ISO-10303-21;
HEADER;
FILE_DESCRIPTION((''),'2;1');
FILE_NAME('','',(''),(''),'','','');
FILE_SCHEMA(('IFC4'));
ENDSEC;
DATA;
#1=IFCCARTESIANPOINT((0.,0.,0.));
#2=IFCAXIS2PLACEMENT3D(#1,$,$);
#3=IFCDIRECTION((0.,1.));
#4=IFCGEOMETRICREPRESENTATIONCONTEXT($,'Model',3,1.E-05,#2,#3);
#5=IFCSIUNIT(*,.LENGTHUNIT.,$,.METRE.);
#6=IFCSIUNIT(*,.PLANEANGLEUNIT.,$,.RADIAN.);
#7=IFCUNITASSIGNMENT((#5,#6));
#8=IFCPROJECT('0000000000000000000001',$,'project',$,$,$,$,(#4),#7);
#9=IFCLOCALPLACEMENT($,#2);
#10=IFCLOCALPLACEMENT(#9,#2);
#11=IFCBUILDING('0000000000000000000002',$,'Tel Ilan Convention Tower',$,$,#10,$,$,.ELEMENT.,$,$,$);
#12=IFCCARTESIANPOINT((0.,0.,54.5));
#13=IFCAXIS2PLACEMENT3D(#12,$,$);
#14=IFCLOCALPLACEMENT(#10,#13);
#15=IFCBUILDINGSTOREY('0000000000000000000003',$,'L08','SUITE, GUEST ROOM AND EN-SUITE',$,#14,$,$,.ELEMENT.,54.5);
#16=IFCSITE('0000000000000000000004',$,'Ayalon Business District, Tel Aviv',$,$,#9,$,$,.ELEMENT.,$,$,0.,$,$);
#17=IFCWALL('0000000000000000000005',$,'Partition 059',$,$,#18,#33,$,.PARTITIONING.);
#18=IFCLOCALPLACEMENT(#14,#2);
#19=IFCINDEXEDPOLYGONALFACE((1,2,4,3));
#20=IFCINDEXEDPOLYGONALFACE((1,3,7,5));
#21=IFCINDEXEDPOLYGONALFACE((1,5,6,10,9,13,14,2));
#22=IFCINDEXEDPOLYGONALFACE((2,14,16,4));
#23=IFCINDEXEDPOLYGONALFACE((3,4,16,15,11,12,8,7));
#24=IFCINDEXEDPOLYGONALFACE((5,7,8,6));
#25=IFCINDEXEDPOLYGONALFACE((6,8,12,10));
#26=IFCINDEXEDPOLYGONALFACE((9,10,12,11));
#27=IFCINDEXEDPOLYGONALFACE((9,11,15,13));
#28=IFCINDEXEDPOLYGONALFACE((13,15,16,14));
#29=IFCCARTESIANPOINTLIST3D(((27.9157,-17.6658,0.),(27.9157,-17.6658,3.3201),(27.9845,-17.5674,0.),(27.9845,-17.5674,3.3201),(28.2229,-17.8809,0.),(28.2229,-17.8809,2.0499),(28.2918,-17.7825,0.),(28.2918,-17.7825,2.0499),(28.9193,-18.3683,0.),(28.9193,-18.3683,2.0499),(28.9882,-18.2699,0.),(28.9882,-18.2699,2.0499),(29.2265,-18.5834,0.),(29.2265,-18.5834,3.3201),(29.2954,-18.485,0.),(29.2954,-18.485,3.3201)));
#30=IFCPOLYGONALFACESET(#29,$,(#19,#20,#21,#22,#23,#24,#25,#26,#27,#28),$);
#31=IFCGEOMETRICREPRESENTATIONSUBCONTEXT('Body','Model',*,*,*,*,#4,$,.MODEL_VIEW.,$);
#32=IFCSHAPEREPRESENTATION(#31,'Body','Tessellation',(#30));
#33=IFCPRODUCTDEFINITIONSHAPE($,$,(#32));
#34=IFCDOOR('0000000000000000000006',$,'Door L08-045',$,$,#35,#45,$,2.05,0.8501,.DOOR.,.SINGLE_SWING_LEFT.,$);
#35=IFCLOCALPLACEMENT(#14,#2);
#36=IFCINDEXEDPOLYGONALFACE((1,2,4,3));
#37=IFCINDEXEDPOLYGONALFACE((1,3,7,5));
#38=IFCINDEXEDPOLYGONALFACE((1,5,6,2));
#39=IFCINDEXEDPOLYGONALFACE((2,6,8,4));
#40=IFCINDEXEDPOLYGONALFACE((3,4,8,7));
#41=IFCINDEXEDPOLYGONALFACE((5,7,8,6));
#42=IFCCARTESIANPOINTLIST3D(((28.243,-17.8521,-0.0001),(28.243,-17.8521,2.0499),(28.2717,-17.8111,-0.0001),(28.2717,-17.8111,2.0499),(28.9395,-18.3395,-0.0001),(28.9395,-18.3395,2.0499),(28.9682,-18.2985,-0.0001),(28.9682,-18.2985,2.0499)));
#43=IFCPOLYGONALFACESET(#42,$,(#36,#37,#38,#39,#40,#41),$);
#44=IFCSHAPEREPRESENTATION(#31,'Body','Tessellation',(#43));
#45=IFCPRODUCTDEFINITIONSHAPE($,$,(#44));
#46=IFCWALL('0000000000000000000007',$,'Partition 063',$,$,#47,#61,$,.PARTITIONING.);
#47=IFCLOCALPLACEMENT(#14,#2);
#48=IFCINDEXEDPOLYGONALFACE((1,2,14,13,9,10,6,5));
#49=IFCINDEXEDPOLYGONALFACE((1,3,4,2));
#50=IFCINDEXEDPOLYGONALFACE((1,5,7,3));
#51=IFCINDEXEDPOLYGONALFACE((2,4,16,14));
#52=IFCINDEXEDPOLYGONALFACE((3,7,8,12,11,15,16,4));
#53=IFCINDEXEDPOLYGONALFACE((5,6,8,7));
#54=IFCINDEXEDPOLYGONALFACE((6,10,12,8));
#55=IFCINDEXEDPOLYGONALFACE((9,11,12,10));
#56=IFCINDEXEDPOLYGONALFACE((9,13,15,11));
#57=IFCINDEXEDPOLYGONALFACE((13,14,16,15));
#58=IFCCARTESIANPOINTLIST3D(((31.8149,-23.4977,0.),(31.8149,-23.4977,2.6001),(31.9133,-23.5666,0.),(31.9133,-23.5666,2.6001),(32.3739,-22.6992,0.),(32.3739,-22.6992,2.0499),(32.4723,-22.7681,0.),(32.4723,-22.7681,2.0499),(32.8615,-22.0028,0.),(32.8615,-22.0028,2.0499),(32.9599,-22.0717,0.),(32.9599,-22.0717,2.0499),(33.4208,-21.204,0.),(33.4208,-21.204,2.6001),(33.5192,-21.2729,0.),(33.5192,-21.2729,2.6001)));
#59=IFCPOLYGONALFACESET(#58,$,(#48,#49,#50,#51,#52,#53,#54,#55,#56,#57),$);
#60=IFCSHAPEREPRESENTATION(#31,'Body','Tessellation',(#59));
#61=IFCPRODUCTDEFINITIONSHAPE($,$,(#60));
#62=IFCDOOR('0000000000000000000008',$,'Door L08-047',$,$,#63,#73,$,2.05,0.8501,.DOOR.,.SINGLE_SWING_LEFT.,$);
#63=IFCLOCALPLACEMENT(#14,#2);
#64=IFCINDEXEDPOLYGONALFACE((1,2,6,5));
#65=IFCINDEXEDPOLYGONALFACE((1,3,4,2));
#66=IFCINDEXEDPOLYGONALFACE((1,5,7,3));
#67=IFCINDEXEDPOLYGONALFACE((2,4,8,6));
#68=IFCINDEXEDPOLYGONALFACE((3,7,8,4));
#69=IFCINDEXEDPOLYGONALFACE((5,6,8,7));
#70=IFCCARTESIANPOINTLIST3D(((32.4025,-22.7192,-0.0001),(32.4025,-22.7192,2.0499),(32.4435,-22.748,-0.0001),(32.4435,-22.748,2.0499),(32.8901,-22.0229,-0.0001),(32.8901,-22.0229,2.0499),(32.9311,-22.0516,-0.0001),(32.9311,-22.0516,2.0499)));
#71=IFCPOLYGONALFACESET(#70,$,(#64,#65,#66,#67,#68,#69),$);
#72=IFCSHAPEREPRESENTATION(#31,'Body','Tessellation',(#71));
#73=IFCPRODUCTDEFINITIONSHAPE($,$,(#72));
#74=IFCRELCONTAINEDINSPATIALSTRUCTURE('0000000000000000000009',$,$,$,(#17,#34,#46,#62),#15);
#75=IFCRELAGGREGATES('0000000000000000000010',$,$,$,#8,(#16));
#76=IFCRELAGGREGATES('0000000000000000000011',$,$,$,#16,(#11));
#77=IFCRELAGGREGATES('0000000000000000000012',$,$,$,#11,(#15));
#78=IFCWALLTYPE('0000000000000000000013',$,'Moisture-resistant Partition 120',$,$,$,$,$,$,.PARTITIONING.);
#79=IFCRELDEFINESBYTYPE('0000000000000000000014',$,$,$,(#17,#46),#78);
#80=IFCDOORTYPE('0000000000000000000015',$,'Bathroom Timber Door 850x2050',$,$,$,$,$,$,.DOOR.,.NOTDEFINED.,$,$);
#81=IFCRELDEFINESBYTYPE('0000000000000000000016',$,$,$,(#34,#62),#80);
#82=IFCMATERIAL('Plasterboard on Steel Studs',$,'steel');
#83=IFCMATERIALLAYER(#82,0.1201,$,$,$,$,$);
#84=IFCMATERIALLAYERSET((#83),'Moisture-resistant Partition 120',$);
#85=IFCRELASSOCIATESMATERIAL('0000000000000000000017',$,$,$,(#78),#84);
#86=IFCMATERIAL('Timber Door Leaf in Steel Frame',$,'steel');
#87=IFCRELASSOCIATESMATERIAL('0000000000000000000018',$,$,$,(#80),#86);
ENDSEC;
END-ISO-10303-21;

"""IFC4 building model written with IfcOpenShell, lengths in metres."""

from ifc_helpers import new_model, si_unit, direction, frame, frame_2d, origin, place, context, subcontext, project, spatial, rectangle, extrude, material, layer, layer_set, type_object, element, fill, save


model = new_model("IFC4")

# Units and contexts
model_context = context("Model", 3, precision=1e-05, world=origin(), true_north=direction((0.0, 1.0)))
body_context = subcontext(model_context, "Body", "Model", "MODEL_VIEW")
ifc_project = project(units=[si_unit("LENGTHUNIT", "METRE"), si_unit("PLANEANGLEUNIT", "RADIAN")], contexts=[model_context])

# Site, building, storey
site_placement = place(None, origin())
site = spatial("IfcSite", under=ifc_project, at=site_placement, Name="Ayalon Business District, Tel Aviv", CompositionType="ELEMENT", RefElevation=0.0)
building_placement = place(site_placement, origin())
building = spatial("IfcBuilding", under=site, at=building_placement, Name="Tel Ilan Convention Tower", CompositionType="ELEMENT")
storey_placement = place(building_placement, frame((0.0, 0.0, 54.5)))
storey = spatial("IfcBuildingStorey", under=building, at=storey_placement, Name="L08", Description="SUITE, GUEST ROOM AND EN-SUITE", CompositionType="ELEMENT", Elevation=54.5)

# Walls, openings, doors
ifc_material_1 = material(Name="Plasterboard on Steel Studs", Category="steel")
ifc_layer_1 = layer(ifc_material_1, 0.1201)
ifc_layer_set_1 = layer_set([ifc_layer_1], Name="Moisture-resistant Partition 120")
wall_type_1 = type_object("IfcWallType", Name="Moisture-resistant Partition 120", PredefinedType="PARTITIONING", material=ifc_layer_set_1)
wall_1_placement = place(storey_placement, frame((29.261, -18.5342, 0.0), z_axis=(0.0, 0.0, 1.0), x_axis=(-0.819253, 0.573432, 0.0)))
wall_1 = element("IfcWall", 1, at=wall_1_placement, inside=storey, type_object=wall_type_1, Name="Partition 059", PredefinedType="PARTITIONING", context=body_context, shape_type="SweptSolid", body=[
    extrude(rectangle(XDim=1.6001, YDim=0.1201, at=frame_2d((0.8, 0.0))), origin(), (0.0, 0.0, 1.0), 3.3201),
])
opening_1_placement = place(wall_1_placement, frame((0.375, 0.0, 0.0)))
opening_1 = element("IfcOpeningElement", 2, at=opening_1_placement, cuts=wall_1, PredefinedType="OPENING", context=body_context, shape_type="SweptSolid", body=[
    extrude(rectangle(XDim=0.8501, YDim=2.05, at=frame_2d((0.425, 1.0249))), frame((0.0, 0.0701, 0.0), z_axis=(0.0, -1.0, 0.0), x_axis=(1.0, 0.0, 0.0)), (0.0, 0.0, 1.0), 0.1401),
])
ifc_material_2 = material(Name="Timber Door Leaf in Steel Frame", Category="steel")
door_type_1 = type_object("IfcDoorType", Name="Bathroom Timber Door 850x2050", OperationType="NOTDEFINED", PredefinedType="DOOR", material=ifc_material_2)
door_1_placement = place(opening_1_placement, origin())
door_1 = element("IfcDoor", 3, at=door_1_placement, inside=storey, type_object=door_type_1, Name="Door L08-045", OperationType="SINGLE_SWING_LEFT", OverallHeight=2.05, OverallWidth=0.8501, PredefinedType="DOOR", context=body_context, shape_type="SweptSolid", body=[
    extrude(rectangle(XDim=0.8501, YDim=2.05, at=frame_2d((0.425, 1.0249))), frame((0.0, 0.0249, 0.0), z_axis=(0.0, -1.0, 0.0), x_axis=(1.0, 0.0, 0.0)), (0.0, 0.0, 1.0), 0.05),
])
fill(opening_1, door_1)
wall_2_placement = place(storey_placement, frame((33.47, -21.2385, 0.0), z_axis=(0.0, 0.0, 1.0), x_axis=(-0.57355, -0.81917, 0.0)))
wall_2 = element("IfcWall", 4, at=wall_2_placement, inside=storey, type_object=wall_type_1, Name="Partition 063", PredefinedType="PARTITIONING", context=body_context, shape_type="SweptSolid", body=[
    extrude(rectangle(XDim=2.8, YDim=0.1201, at=frame_2d((1.3999, 0.0))), origin(), (0.0, 0.0, 1.0), 2.6001),
])
opening_2_placement = place(wall_2_placement, frame((0.9751, 0.0, 0.0)))
opening_2 = element("IfcOpeningElement", 5, at=opening_2_placement, cuts=wall_2, PredefinedType="OPENING", context=body_context, shape_type="SweptSolid", body=[
    extrude(rectangle(XDim=0.8501, YDim=2.05, at=frame_2d((0.425, 1.0249))), frame((0.0, 0.0701, 0.0), z_axis=(0.0, -1.0, 0.0), x_axis=(1.0, 0.0, 0.0)), (0.0, 0.0, 1.0), 0.1401),
])
door_2_placement = place(opening_2_placement, origin())
door_2 = element("IfcDoor", 6, at=door_2_placement, inside=storey, type_object=door_type_1, Name="Door L08-047", OperationType="SINGLE_SWING_LEFT", OverallHeight=2.05, OverallWidth=0.8501, PredefinedType="DOOR", context=body_context, shape_type="SweptSolid", body=[
    extrude(rectangle(XDim=0.8501, YDim=2.05, at=frame_2d((0.425, 1.0249))), frame((0.0, 0.0249, 0.0), z_axis=(0.0, -1.0, 0.0), x_axis=(1.0, 0.0, 0.0)), (0.0, 0.0, 1.0), 0.05),
])
fill(opening_2, door_2)

save(model, "model.ifc")
